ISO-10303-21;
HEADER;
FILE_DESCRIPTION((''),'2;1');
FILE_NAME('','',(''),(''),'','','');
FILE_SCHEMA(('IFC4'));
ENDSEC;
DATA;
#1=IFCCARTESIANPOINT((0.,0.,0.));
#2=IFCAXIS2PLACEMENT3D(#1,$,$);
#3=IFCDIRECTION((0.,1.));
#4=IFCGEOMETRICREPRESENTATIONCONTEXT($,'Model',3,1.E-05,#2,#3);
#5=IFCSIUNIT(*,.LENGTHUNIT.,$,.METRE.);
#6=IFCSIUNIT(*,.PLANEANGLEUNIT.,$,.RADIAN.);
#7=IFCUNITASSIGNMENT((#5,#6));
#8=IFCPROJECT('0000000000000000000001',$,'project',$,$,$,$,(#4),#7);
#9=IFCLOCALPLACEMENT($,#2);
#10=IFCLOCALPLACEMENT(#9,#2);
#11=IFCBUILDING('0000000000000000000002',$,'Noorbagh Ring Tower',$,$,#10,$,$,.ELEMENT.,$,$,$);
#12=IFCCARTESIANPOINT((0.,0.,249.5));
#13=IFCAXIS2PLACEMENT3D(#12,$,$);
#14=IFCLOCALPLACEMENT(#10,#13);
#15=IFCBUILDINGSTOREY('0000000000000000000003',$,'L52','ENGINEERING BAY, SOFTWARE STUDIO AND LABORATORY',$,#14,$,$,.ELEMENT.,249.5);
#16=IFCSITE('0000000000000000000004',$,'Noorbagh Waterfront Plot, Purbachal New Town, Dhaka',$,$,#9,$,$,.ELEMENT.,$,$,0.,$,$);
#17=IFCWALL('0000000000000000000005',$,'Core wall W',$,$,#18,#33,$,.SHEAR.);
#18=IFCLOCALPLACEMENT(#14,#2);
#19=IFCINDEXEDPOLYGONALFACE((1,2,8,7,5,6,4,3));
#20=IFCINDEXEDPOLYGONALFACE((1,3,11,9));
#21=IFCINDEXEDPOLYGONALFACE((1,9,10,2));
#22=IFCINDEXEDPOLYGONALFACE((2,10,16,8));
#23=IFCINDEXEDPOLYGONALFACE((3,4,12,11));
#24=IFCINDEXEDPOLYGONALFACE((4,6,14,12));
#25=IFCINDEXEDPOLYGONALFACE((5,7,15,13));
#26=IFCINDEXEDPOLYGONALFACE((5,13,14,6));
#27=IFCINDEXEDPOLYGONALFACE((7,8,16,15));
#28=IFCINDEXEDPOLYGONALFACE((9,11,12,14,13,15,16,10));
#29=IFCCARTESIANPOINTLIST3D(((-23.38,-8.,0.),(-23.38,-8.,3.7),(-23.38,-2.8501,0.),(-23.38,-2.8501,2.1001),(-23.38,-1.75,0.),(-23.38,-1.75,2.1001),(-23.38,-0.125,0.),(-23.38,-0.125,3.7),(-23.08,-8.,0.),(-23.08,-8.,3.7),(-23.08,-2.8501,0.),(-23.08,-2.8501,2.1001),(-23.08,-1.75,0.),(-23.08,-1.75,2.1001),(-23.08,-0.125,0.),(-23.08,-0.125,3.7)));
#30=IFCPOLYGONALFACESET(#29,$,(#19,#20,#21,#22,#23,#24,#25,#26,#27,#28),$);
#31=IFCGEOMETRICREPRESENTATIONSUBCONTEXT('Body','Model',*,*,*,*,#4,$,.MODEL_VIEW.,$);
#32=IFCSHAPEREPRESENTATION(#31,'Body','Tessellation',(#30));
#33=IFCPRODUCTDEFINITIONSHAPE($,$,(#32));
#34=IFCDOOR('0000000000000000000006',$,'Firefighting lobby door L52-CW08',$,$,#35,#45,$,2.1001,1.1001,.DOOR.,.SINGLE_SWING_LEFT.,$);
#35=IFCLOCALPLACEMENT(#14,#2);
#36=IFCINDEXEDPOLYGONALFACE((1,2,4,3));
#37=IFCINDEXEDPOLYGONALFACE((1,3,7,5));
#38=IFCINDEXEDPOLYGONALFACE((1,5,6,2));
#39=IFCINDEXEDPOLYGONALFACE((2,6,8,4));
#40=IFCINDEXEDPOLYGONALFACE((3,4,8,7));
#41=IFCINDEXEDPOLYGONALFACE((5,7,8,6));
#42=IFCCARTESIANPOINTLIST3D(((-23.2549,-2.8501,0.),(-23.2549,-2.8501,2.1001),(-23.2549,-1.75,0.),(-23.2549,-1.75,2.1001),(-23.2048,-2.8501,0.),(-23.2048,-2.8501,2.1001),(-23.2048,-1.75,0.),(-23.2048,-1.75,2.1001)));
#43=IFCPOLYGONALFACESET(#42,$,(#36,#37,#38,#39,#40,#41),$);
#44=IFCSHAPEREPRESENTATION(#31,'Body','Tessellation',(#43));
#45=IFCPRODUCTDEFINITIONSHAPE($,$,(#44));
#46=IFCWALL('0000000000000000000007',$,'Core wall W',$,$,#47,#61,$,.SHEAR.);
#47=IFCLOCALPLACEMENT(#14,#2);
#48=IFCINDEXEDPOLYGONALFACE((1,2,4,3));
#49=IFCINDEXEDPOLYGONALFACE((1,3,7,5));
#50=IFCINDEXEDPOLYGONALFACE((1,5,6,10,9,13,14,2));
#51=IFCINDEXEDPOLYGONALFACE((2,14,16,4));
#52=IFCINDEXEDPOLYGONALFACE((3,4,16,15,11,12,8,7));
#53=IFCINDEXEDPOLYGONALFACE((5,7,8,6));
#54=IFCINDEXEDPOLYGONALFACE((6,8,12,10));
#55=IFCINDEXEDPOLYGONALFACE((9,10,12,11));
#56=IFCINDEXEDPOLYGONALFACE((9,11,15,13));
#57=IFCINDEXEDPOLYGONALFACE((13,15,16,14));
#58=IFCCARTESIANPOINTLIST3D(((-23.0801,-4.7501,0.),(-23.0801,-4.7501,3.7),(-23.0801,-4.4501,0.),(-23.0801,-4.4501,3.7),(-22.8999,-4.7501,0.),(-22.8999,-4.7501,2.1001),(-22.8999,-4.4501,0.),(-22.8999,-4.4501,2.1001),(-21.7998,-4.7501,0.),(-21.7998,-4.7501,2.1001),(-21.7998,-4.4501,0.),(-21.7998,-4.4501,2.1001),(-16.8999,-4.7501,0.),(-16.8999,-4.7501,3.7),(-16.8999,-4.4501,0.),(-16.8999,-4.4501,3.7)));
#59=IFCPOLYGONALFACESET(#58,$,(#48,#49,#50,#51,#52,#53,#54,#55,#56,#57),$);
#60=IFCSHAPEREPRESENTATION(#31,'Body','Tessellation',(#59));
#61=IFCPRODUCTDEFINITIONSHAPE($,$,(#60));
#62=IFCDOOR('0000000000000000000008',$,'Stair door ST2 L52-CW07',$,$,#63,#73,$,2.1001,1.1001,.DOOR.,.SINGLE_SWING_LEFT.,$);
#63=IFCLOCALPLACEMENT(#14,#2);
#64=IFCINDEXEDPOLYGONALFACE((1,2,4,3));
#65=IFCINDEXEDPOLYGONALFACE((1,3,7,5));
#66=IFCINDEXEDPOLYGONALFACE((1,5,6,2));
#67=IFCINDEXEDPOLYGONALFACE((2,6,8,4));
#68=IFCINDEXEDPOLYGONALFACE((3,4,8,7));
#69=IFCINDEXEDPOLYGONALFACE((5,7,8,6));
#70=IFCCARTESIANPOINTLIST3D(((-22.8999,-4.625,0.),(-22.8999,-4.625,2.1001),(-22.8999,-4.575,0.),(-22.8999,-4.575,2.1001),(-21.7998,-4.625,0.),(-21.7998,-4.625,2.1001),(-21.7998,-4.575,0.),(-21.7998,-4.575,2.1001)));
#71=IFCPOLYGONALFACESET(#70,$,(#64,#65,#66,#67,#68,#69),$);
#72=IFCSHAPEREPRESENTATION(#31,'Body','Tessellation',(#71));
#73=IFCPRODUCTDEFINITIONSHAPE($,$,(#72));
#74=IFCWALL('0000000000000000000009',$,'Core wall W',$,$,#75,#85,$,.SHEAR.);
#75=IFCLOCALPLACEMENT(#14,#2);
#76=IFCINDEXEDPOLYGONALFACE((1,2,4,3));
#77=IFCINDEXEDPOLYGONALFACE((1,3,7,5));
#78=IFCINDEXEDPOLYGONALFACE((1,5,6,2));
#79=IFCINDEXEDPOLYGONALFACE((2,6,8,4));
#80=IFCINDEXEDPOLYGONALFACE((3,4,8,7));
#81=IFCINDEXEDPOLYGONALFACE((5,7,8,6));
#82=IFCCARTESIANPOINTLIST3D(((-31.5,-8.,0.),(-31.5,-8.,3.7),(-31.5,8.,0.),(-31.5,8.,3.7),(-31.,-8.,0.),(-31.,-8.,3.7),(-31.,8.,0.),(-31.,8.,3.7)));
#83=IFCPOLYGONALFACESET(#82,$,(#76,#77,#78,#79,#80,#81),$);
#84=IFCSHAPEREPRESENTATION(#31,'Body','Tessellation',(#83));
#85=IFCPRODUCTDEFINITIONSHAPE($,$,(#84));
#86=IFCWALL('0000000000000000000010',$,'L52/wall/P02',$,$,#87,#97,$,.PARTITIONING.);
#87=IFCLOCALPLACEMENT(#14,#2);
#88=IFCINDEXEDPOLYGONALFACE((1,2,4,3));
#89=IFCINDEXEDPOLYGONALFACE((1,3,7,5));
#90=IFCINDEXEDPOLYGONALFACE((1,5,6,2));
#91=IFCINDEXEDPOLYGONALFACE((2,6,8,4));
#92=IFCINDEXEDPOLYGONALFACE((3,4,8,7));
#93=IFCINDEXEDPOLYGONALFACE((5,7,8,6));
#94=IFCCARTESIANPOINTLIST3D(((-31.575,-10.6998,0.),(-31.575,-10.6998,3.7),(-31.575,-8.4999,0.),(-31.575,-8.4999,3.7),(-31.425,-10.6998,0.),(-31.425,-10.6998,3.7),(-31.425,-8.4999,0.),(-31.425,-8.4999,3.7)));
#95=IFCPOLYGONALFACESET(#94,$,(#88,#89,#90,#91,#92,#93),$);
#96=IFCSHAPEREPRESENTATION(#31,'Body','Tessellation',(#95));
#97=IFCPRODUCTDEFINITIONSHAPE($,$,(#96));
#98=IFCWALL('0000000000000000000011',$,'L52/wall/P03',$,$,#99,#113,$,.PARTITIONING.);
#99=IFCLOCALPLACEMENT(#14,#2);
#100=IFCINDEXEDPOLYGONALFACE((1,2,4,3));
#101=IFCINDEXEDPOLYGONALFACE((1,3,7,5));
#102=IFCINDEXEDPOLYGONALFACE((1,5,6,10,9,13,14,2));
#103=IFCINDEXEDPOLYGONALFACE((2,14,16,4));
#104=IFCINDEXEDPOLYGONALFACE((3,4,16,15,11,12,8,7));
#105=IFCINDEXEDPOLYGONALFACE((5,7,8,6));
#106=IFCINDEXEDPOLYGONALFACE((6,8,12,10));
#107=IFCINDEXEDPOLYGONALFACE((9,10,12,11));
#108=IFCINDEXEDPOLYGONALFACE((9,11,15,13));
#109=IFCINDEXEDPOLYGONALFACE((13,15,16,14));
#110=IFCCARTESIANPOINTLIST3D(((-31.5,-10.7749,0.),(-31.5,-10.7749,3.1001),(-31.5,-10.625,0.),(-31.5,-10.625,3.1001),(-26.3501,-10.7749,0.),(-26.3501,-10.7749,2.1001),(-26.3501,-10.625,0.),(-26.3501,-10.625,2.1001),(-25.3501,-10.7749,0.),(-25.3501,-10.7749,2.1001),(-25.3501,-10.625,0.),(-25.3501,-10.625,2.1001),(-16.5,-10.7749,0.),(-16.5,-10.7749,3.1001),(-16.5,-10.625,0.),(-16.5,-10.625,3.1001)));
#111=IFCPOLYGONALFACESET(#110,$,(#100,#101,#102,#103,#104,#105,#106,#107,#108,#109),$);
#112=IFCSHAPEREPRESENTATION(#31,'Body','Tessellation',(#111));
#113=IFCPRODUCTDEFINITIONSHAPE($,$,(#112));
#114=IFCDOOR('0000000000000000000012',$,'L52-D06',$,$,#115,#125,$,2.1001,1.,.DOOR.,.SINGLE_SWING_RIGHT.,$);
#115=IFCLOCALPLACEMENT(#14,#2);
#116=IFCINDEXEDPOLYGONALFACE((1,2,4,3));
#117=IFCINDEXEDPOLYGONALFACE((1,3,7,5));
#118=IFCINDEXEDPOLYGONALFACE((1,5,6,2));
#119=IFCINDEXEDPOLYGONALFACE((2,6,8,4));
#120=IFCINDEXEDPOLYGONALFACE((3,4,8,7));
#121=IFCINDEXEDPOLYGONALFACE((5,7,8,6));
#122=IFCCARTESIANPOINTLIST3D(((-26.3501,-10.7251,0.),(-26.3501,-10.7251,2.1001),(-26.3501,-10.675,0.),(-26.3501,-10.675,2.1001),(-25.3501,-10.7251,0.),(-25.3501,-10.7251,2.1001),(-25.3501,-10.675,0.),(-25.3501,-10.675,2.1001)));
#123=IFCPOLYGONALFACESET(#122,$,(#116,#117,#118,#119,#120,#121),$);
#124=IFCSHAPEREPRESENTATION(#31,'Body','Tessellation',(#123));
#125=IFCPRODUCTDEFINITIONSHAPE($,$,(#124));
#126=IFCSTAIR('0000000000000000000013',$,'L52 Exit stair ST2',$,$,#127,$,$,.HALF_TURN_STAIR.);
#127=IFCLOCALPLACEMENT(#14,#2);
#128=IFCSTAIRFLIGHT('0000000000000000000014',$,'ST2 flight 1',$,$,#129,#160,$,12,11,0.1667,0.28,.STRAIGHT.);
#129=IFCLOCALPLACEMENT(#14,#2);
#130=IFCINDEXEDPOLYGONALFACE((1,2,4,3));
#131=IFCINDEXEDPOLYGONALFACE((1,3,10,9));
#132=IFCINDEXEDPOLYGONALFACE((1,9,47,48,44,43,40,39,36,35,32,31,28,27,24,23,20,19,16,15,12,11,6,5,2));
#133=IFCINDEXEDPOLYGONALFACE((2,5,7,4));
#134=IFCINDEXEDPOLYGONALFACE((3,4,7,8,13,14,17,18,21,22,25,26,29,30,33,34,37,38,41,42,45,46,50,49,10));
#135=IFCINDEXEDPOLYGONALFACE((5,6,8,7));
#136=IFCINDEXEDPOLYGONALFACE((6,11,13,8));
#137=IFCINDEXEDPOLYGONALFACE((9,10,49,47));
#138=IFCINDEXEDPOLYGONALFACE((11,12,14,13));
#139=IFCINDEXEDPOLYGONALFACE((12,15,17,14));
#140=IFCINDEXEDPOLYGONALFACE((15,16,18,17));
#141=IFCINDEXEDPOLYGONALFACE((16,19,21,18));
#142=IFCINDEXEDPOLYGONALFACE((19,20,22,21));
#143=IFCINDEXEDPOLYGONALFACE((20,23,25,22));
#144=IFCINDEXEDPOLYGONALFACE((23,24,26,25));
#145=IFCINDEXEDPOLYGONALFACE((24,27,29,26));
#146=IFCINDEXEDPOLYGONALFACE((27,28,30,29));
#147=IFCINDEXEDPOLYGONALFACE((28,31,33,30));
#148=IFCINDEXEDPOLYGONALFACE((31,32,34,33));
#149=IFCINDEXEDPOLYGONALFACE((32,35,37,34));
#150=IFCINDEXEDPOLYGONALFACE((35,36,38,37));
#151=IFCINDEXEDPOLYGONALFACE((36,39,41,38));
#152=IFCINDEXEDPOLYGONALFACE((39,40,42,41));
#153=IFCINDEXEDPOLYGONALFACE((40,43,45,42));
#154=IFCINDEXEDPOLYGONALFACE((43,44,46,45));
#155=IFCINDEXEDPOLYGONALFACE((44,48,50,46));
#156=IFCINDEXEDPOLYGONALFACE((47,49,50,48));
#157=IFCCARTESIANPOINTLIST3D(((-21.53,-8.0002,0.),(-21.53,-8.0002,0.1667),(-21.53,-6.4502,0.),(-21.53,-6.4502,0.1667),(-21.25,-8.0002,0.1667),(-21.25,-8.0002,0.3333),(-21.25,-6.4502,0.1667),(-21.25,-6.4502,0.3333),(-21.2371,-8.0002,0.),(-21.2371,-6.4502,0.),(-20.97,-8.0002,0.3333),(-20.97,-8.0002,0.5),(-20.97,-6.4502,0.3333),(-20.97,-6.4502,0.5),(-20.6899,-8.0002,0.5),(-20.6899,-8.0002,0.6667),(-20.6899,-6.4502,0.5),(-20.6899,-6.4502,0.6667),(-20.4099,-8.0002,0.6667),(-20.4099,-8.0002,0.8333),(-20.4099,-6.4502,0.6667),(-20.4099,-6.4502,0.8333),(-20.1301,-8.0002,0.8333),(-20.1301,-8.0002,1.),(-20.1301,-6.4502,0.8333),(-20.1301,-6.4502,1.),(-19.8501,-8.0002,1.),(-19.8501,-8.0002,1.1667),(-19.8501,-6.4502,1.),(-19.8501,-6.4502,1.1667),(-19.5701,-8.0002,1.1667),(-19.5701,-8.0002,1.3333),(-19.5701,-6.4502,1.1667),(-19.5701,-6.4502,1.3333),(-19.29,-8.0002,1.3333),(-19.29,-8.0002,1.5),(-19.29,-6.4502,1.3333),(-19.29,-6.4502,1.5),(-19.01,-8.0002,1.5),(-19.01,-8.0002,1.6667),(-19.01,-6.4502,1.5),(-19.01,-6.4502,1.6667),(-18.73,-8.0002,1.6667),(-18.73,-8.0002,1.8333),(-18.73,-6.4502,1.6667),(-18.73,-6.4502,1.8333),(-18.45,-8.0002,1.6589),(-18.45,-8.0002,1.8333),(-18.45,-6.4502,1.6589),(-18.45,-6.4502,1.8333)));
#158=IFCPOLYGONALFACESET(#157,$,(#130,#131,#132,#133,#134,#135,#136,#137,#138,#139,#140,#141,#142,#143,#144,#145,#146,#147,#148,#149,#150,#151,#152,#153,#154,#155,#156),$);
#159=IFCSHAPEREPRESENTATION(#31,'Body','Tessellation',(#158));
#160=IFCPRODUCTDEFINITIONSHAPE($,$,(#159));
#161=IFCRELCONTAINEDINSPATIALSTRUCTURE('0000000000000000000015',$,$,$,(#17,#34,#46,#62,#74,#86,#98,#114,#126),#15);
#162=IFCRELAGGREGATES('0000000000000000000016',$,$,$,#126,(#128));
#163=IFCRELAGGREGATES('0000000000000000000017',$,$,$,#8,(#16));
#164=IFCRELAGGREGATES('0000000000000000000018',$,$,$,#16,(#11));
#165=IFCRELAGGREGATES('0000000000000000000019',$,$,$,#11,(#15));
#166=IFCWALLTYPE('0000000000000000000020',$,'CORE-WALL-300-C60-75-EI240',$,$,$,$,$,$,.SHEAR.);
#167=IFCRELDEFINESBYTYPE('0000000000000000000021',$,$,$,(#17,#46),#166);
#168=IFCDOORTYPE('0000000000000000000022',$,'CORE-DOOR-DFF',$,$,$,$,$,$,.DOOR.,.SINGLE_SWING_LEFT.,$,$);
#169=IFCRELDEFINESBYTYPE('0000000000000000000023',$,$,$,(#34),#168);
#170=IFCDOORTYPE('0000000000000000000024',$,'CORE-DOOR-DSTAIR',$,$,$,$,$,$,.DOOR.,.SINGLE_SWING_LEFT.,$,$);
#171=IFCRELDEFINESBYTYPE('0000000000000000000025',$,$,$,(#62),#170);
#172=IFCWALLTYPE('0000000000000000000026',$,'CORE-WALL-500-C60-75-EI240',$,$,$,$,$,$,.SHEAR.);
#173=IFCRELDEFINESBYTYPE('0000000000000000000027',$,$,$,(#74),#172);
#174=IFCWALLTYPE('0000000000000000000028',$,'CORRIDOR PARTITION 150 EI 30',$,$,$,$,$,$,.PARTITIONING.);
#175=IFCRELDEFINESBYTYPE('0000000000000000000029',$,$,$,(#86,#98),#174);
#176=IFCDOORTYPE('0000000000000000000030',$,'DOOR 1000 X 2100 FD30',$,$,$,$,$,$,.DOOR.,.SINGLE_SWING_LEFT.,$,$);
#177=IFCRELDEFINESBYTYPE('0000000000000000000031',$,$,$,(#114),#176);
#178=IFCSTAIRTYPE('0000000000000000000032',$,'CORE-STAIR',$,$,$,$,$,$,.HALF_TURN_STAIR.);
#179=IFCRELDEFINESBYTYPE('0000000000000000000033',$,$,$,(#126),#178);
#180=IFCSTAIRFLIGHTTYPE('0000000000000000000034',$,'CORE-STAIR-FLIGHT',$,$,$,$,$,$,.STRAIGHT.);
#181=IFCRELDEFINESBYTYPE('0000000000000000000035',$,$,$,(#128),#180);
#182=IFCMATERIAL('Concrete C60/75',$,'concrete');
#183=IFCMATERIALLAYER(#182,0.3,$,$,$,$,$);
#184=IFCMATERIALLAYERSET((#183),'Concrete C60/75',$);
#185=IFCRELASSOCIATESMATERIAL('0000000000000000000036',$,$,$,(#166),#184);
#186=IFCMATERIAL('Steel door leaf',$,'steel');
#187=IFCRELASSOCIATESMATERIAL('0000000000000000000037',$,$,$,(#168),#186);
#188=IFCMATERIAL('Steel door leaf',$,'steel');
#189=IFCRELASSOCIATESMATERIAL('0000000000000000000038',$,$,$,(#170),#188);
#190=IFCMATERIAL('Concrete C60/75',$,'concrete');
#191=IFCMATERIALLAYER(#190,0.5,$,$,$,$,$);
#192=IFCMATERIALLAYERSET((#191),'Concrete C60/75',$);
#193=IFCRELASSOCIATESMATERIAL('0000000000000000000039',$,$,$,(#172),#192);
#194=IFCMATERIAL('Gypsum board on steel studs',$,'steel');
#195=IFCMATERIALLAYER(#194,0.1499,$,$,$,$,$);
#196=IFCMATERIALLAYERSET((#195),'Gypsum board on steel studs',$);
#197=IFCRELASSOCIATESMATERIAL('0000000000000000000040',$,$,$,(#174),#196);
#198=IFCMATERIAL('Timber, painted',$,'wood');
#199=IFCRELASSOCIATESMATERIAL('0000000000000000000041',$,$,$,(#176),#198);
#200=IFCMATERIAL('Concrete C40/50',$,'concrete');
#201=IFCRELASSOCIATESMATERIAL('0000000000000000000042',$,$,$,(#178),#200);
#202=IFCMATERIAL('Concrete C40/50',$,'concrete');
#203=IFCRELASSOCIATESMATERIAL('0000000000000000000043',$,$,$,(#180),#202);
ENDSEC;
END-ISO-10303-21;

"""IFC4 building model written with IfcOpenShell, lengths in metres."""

from ifc_helpers import new_model, si_unit, direction, frame, frame_2d, origin, place, context, subcontext, project, spatial, polyline, rectangle, outline, extrude, material, layer, layer_set, type_object, element, fill, aggregate, save


model = new_model("IFC4")

# Units and contexts
model_context = context("Model", 3, precision=1e-05, world=origin(), true_north=direction((0.0, 1.0)))
body_context = subcontext(model_context, "Body", "Model", "MODEL_VIEW")
ifc_project = project(units=[si_unit("LENGTHUNIT", "METRE"), si_unit("PLANEANGLEUNIT", "RADIAN")], contexts=[model_context])

# Site, building, storey
site_placement = place(None, origin())
site = spatial("IfcSite", under=ifc_project, at=site_placement, Name="Noorbagh Waterfront Plot, Purbachal New Town, Dhaka", CompositionType="ELEMENT", RefElevation=0.0)
building_placement = place(site_placement, origin())
building = spatial("IfcBuilding", under=site, at=building_placement, Name="Noorbagh Ring Tower", CompositionType="ELEMENT")
storey_placement = place(building_placement, frame((0.0, 0.0, 249.5)))
storey = spatial("IfcBuildingStorey", under=building, at=storey_placement, Name="L52", Description="ENGINEERING BAY, SOFTWARE STUDIO AND LABORATORY", CompositionType="ELEMENT", Elevation=249.5)

# Shared definitions
ifc_material_1 = material(Name="Concrete C60/75", Category="concrete")
ifc_layer_1 = layer(ifc_material_1, 0.3)
ifc_layer_set_1 = layer_set([ifc_layer_1], Name="Concrete C60/75")
wall_type_1 = type_object("IfcWallType", Name="CORE-WALL-300-C60-75-EI240", PredefinedType="SHEAR", material=ifc_layer_set_1)

# Walls, openings, doors
wall_1_placement = place(storey_placement, frame((-23.23, -8.0, 0.0), z_axis=(0.0, 0.0, 1.0), x_axis=(0.0, 1.0, 0.0)))
wall_1 = element("IfcWall", 1, at=wall_1_placement, inside=storey, type_object=wall_type_1, Name="Core wall W", PredefinedType="SHEAR", context=body_context, shape_type="SweptSolid", body=[
    extrude(rectangle(XDim=7.875, YDim=0.3, at=frame_2d((3.9375, 0.0))), origin(), (0.0, 0.0, 1.0), 3.7),
])
opening_1_placement = place(wall_1_placement, frame((5.1499, 0.0, 0.0)))
opening_1 = element("IfcOpeningElement", 2, at=opening_1_placement, cuts=wall_1, PredefinedType="OPENING", context=body_context, shape_type="SweptSolid", body=[
    extrude(rectangle(XDim=1.1001, YDim=2.1001, at=frame_2d((0.55, 1.05))), frame((0.0, 0.1602, 0.0), z_axis=(0.0, -1.0, 0.0), x_axis=(1.0, 0.0, 0.0)), (0.0, 0.0, 1.0), 0.3201),
])
ifc_material_2 = material(Name="Steel door leaf", Category="steel")
door_type_1 = type_object("IfcDoorType", Name="CORE-DOOR-DFF", OperationType="SINGLE_SWING_LEFT", PredefinedType="DOOR", material=ifc_material_2)
door_1_placement = place(opening_1_placement, origin())
door_1 = element("IfcDoor", 3, at=door_1_placement, inside=storey, type_object=door_type_1, Name="Firefighting lobby door L52-CW08", OperationType="SINGLE_SWING_LEFT", OverallHeight=2.1001, OverallWidth=1.1001, PredefinedType="DOOR", context=body_context, shape_type="SweptSolid", body=[
    extrude(rectangle(XDim=1.1001, YDim=2.1001, at=frame_2d((0.55, 1.05))), frame((0.0, 0.0249, 0.0), z_axis=(0.0, -1.0, 0.0), x_axis=(1.0, 0.0, 0.0)), (0.0, 0.0, 1.0), 0.05),
])
fill(opening_1, door_1)
wall_2_placement = place(storey_placement, frame((-16.8999, -4.6001, 0.0), z_axis=(0.0, 0.0, 1.0), x_axis=(-1.0, 0.0, 0.0)))
wall_2 = element("IfcWall", 4, at=wall_2_placement, inside=storey, type_object=wall_type_1, Name="Core wall W", PredefinedType="SHEAR", context=body_context, shape_type="SweptSolid", body=[
    extrude(rectangle(XDim=6.1802, YDim=0.3, at=frame_2d((3.0901, 0.0))), origin(), (0.0, 0.0, 1.0), 3.7),
])
opening_2_placement = place(wall_2_placement, frame((4.8999, 0.0, 0.0)))
opening_2 = element("IfcOpeningElement", 5, at=opening_2_placement, cuts=wall_2, PredefinedType="OPENING", context=body_context, shape_type="SweptSolid", body=[
    extrude(rectangle(XDim=1.1001, YDim=2.1001, at=frame_2d((0.55, 1.05))), frame((0.0, 0.1602, 0.0), z_axis=(0.0, -1.0, 0.0), x_axis=(1.0, 0.0, 0.0)), (0.0, 0.0, 1.0), 0.3201),
])
ifc_material_3 = material(Name="Steel door leaf", Category="steel")
door_type_2 = type_object("IfcDoorType", Name="CORE-DOOR-DSTAIR", OperationType="SINGLE_SWING_LEFT", PredefinedType="DOOR", material=ifc_material_3)
door_2_placement = place(opening_2_placement, origin())
door_2 = element("IfcDoor", 6, at=door_2_placement, inside=storey, type_object=door_type_2, Name="Stair door ST2 L52-CW07", OperationType="SINGLE_SWING_LEFT", OverallHeight=2.1001, OverallWidth=1.1001, PredefinedType="DOOR", context=body_context, shape_type="SweptSolid", body=[
    extrude(rectangle(XDim=1.1001, YDim=2.1001, at=frame_2d((0.55, 1.05))), frame((0.0, 0.0249, 0.0), z_axis=(0.0, -1.0, 0.0), x_axis=(1.0, 0.0, 0.0)), (0.0, 0.0, 1.0), 0.05),
])
fill(opening_2, door_2)

# Walls
ifc_material_4 = material(Name="Concrete C60/75", Category="concrete")
ifc_layer_2 = layer(ifc_material_4, 0.5)
ifc_layer_set_2 = layer_set([ifc_layer_2], Name="Concrete C60/75")
wall_type_2 = type_object("IfcWallType", Name="CORE-WALL-500-C60-75-EI240", PredefinedType="SHEAR", material=ifc_layer_set_2)
wall_3_placement = place(storey_placement, frame((-31.25, -8.0, 0.0), z_axis=(0.0, 0.0, 1.0), x_axis=(0.0, 1.0, 0.0)))
element("IfcWall", 7, at=wall_3_placement, inside=storey, type_object=wall_type_2, Name="Core wall W", PredefinedType="SHEAR", context=body_context, shape_type="SweptSolid", body=[
    extrude(rectangle(XDim=16.0, YDim=0.5, at=frame_2d((8.0, 0.0))), origin(), (0.0, 0.0, 1.0), 3.7),
])
ifc_material_5 = material(Name="Gypsum board on steel studs", Category="steel")
ifc_layer_3 = layer(ifc_material_5, 0.1499)
ifc_layer_set_3 = layer_set([ifc_layer_3], Name="Gypsum board on steel studs")
wall_type_3 = type_object("IfcWallType", Name="CORRIDOR PARTITION 150 EI 30", PredefinedType="PARTITIONING", material=ifc_layer_set_3)
wall_4_placement = place(storey_placement, frame((-31.5, -10.7, 0.0), z_axis=(0.0, 0.0, 1.0), x_axis=(0.0, 1.0, 0.0)))
element("IfcWall", 8, at=wall_4_placement, inside=storey, type_object=wall_type_3, Name="L52/wall/P02", PredefinedType="PARTITIONING", context=body_context, shape_type="SweptSolid", body=[
    extrude(rectangle(XDim=2.2, YDim=0.1499, at=frame_2d((1.1001, 0.0))), origin(), (0.0, 0.0, 1.0), 3.7),
])

# Wall, opening, door
wall_5_placement = place(storey_placement, frame((-31.5, -10.7, 0.0), z_axis=(0.0, 0.0, 1.0), x_axis=(1.0, 0.0, 0.0)))
wall_5 = element("IfcWall", 9, at=wall_5_placement, inside=storey, type_object=wall_type_3, Name="L52/wall/P03", PredefinedType="PARTITIONING", context=body_context, shape_type="SweptSolid", body=[
    extrude(rectangle(XDim=15.0, YDim=0.1499, at=frame_2d((7.5, 0.0))), origin(), (0.0, 0.0, 1.0), 3.1001),
])
opening_3_placement = place(wall_5_placement, frame((5.1499, 0.0, 0.0)))
opening_3 = element("IfcOpeningElement", 10, at=opening_3_placement, cuts=wall_5, PredefinedType="OPENING", context=body_context, shape_type="SweptSolid", body=[
    extrude(rectangle(XDim=1.0, YDim=2.1001, at=frame_2d((0.5, 1.05))), frame((0.0, 0.085, 0.0), z_axis=(0.0, -1.0, 0.0), x_axis=(1.0, 0.0, 0.0)), (0.0, 0.0, 1.0), 0.1699),
])
ifc_material_6 = material(Name="Timber, painted", Category="wood")
door_type_3 = type_object("IfcDoorType", Name="DOOR 1000 X 2100 FD30", OperationType="SINGLE_SWING_LEFT", PredefinedType="DOOR", material=ifc_material_6)
door_3_placement = place(opening_3_placement, origin())
door_3 = element("IfcDoor", 11, at=door_3_placement, inside=storey, type_object=door_type_3, Name="L52-D06", OperationType="SINGLE_SWING_RIGHT", OverallHeight=2.1001, OverallWidth=1.0, PredefinedType="DOOR", context=body_context, shape_type="SweptSolid", body=[
    extrude(rectangle(XDim=1.0, YDim=2.1001, at=frame_2d((0.5, 1.05))), frame((0.0, 0.0249, 0.0), z_axis=(0.0, -1.0, 0.0), x_axis=(1.0, 0.0, 0.0)), (0.0, 0.0, 1.0), 0.05),
])
fill(opening_3, door_3)

# Stair, stair flight
ifc_material_7 = material(Name="Concrete C40/50", Category="concrete")
stair_type = type_object("IfcStairType", Name="CORE-STAIR", PredefinedType="HALF_TURN_STAIR", material=ifc_material_7)
stair_placement = place(storey_placement, origin())
stair = element("IfcStair", 12, at=stair_placement, inside=storey, type_object=stair_type, Name="L52 Exit stair ST2", PredefinedType="HALF_TURN_STAIR")
ifc_material_8 = material(Name="Concrete C40/50", Category="concrete")
stair_flight_type = type_object("IfcStairFlightType", Name="CORE-STAIR-FLIGHT", PredefinedType="STRAIGHT", material=ifc_material_8)
stair_flight_1_placement = place(storey_placement, frame((-21.53, -7.2251, 0.0), z_axis=(0.0, 0.0, 1.0), x_axis=(1.0, 0.0, 0.0)))
stair_flight_1 = element("IfcStairFlight", 13, at=stair_flight_1_placement, type_object=stair_flight_type, Name="ST2 flight 1", NumberOfRisers=12, NumberOfTreads=11, PredefinedType="STRAIGHT", RiserHeight=0.1667, TreadLength=0.28, context=body_context, shape_type="SweptSolid", body=[
    extrude(outline(polyline([(0.0, 0.0), (0.0, 0.1667), (0.28, 0.1667), (0.28, 0.3333), (0.5601, 0.3333), (0.5601, 0.5), (0.8401, 0.5), (0.8401, 0.6667), (1.1201, 0.6667), (1.1201, 0.8333), (1.3999, 0.8333), (1.3999, 1.0), (1.6799, 1.0), (1.6799, 1.1667), (1.96, 1.1667), (1.96, 1.3333), (2.24, 1.3333), (2.24, 1.5), (2.52, 1.5), (2.52, 1.6667), (2.8, 1.6667), (2.8, 1.8333), (3.0801, 1.8333), (3.0801, 2.0), (3.0801, 1.6589), (0.293, 0.0), (0.0, 0.0)])), frame((0.0, 0.7749, 0.0), z_axis=(0.0, -1.0, 0.0), x_axis=(1.0, 0.0, 0.0)), (0.0, 0.0, 1.0), 1.55),
])
aggregate(stair, [stair_flight_1])

save(model, "model.ifc")
